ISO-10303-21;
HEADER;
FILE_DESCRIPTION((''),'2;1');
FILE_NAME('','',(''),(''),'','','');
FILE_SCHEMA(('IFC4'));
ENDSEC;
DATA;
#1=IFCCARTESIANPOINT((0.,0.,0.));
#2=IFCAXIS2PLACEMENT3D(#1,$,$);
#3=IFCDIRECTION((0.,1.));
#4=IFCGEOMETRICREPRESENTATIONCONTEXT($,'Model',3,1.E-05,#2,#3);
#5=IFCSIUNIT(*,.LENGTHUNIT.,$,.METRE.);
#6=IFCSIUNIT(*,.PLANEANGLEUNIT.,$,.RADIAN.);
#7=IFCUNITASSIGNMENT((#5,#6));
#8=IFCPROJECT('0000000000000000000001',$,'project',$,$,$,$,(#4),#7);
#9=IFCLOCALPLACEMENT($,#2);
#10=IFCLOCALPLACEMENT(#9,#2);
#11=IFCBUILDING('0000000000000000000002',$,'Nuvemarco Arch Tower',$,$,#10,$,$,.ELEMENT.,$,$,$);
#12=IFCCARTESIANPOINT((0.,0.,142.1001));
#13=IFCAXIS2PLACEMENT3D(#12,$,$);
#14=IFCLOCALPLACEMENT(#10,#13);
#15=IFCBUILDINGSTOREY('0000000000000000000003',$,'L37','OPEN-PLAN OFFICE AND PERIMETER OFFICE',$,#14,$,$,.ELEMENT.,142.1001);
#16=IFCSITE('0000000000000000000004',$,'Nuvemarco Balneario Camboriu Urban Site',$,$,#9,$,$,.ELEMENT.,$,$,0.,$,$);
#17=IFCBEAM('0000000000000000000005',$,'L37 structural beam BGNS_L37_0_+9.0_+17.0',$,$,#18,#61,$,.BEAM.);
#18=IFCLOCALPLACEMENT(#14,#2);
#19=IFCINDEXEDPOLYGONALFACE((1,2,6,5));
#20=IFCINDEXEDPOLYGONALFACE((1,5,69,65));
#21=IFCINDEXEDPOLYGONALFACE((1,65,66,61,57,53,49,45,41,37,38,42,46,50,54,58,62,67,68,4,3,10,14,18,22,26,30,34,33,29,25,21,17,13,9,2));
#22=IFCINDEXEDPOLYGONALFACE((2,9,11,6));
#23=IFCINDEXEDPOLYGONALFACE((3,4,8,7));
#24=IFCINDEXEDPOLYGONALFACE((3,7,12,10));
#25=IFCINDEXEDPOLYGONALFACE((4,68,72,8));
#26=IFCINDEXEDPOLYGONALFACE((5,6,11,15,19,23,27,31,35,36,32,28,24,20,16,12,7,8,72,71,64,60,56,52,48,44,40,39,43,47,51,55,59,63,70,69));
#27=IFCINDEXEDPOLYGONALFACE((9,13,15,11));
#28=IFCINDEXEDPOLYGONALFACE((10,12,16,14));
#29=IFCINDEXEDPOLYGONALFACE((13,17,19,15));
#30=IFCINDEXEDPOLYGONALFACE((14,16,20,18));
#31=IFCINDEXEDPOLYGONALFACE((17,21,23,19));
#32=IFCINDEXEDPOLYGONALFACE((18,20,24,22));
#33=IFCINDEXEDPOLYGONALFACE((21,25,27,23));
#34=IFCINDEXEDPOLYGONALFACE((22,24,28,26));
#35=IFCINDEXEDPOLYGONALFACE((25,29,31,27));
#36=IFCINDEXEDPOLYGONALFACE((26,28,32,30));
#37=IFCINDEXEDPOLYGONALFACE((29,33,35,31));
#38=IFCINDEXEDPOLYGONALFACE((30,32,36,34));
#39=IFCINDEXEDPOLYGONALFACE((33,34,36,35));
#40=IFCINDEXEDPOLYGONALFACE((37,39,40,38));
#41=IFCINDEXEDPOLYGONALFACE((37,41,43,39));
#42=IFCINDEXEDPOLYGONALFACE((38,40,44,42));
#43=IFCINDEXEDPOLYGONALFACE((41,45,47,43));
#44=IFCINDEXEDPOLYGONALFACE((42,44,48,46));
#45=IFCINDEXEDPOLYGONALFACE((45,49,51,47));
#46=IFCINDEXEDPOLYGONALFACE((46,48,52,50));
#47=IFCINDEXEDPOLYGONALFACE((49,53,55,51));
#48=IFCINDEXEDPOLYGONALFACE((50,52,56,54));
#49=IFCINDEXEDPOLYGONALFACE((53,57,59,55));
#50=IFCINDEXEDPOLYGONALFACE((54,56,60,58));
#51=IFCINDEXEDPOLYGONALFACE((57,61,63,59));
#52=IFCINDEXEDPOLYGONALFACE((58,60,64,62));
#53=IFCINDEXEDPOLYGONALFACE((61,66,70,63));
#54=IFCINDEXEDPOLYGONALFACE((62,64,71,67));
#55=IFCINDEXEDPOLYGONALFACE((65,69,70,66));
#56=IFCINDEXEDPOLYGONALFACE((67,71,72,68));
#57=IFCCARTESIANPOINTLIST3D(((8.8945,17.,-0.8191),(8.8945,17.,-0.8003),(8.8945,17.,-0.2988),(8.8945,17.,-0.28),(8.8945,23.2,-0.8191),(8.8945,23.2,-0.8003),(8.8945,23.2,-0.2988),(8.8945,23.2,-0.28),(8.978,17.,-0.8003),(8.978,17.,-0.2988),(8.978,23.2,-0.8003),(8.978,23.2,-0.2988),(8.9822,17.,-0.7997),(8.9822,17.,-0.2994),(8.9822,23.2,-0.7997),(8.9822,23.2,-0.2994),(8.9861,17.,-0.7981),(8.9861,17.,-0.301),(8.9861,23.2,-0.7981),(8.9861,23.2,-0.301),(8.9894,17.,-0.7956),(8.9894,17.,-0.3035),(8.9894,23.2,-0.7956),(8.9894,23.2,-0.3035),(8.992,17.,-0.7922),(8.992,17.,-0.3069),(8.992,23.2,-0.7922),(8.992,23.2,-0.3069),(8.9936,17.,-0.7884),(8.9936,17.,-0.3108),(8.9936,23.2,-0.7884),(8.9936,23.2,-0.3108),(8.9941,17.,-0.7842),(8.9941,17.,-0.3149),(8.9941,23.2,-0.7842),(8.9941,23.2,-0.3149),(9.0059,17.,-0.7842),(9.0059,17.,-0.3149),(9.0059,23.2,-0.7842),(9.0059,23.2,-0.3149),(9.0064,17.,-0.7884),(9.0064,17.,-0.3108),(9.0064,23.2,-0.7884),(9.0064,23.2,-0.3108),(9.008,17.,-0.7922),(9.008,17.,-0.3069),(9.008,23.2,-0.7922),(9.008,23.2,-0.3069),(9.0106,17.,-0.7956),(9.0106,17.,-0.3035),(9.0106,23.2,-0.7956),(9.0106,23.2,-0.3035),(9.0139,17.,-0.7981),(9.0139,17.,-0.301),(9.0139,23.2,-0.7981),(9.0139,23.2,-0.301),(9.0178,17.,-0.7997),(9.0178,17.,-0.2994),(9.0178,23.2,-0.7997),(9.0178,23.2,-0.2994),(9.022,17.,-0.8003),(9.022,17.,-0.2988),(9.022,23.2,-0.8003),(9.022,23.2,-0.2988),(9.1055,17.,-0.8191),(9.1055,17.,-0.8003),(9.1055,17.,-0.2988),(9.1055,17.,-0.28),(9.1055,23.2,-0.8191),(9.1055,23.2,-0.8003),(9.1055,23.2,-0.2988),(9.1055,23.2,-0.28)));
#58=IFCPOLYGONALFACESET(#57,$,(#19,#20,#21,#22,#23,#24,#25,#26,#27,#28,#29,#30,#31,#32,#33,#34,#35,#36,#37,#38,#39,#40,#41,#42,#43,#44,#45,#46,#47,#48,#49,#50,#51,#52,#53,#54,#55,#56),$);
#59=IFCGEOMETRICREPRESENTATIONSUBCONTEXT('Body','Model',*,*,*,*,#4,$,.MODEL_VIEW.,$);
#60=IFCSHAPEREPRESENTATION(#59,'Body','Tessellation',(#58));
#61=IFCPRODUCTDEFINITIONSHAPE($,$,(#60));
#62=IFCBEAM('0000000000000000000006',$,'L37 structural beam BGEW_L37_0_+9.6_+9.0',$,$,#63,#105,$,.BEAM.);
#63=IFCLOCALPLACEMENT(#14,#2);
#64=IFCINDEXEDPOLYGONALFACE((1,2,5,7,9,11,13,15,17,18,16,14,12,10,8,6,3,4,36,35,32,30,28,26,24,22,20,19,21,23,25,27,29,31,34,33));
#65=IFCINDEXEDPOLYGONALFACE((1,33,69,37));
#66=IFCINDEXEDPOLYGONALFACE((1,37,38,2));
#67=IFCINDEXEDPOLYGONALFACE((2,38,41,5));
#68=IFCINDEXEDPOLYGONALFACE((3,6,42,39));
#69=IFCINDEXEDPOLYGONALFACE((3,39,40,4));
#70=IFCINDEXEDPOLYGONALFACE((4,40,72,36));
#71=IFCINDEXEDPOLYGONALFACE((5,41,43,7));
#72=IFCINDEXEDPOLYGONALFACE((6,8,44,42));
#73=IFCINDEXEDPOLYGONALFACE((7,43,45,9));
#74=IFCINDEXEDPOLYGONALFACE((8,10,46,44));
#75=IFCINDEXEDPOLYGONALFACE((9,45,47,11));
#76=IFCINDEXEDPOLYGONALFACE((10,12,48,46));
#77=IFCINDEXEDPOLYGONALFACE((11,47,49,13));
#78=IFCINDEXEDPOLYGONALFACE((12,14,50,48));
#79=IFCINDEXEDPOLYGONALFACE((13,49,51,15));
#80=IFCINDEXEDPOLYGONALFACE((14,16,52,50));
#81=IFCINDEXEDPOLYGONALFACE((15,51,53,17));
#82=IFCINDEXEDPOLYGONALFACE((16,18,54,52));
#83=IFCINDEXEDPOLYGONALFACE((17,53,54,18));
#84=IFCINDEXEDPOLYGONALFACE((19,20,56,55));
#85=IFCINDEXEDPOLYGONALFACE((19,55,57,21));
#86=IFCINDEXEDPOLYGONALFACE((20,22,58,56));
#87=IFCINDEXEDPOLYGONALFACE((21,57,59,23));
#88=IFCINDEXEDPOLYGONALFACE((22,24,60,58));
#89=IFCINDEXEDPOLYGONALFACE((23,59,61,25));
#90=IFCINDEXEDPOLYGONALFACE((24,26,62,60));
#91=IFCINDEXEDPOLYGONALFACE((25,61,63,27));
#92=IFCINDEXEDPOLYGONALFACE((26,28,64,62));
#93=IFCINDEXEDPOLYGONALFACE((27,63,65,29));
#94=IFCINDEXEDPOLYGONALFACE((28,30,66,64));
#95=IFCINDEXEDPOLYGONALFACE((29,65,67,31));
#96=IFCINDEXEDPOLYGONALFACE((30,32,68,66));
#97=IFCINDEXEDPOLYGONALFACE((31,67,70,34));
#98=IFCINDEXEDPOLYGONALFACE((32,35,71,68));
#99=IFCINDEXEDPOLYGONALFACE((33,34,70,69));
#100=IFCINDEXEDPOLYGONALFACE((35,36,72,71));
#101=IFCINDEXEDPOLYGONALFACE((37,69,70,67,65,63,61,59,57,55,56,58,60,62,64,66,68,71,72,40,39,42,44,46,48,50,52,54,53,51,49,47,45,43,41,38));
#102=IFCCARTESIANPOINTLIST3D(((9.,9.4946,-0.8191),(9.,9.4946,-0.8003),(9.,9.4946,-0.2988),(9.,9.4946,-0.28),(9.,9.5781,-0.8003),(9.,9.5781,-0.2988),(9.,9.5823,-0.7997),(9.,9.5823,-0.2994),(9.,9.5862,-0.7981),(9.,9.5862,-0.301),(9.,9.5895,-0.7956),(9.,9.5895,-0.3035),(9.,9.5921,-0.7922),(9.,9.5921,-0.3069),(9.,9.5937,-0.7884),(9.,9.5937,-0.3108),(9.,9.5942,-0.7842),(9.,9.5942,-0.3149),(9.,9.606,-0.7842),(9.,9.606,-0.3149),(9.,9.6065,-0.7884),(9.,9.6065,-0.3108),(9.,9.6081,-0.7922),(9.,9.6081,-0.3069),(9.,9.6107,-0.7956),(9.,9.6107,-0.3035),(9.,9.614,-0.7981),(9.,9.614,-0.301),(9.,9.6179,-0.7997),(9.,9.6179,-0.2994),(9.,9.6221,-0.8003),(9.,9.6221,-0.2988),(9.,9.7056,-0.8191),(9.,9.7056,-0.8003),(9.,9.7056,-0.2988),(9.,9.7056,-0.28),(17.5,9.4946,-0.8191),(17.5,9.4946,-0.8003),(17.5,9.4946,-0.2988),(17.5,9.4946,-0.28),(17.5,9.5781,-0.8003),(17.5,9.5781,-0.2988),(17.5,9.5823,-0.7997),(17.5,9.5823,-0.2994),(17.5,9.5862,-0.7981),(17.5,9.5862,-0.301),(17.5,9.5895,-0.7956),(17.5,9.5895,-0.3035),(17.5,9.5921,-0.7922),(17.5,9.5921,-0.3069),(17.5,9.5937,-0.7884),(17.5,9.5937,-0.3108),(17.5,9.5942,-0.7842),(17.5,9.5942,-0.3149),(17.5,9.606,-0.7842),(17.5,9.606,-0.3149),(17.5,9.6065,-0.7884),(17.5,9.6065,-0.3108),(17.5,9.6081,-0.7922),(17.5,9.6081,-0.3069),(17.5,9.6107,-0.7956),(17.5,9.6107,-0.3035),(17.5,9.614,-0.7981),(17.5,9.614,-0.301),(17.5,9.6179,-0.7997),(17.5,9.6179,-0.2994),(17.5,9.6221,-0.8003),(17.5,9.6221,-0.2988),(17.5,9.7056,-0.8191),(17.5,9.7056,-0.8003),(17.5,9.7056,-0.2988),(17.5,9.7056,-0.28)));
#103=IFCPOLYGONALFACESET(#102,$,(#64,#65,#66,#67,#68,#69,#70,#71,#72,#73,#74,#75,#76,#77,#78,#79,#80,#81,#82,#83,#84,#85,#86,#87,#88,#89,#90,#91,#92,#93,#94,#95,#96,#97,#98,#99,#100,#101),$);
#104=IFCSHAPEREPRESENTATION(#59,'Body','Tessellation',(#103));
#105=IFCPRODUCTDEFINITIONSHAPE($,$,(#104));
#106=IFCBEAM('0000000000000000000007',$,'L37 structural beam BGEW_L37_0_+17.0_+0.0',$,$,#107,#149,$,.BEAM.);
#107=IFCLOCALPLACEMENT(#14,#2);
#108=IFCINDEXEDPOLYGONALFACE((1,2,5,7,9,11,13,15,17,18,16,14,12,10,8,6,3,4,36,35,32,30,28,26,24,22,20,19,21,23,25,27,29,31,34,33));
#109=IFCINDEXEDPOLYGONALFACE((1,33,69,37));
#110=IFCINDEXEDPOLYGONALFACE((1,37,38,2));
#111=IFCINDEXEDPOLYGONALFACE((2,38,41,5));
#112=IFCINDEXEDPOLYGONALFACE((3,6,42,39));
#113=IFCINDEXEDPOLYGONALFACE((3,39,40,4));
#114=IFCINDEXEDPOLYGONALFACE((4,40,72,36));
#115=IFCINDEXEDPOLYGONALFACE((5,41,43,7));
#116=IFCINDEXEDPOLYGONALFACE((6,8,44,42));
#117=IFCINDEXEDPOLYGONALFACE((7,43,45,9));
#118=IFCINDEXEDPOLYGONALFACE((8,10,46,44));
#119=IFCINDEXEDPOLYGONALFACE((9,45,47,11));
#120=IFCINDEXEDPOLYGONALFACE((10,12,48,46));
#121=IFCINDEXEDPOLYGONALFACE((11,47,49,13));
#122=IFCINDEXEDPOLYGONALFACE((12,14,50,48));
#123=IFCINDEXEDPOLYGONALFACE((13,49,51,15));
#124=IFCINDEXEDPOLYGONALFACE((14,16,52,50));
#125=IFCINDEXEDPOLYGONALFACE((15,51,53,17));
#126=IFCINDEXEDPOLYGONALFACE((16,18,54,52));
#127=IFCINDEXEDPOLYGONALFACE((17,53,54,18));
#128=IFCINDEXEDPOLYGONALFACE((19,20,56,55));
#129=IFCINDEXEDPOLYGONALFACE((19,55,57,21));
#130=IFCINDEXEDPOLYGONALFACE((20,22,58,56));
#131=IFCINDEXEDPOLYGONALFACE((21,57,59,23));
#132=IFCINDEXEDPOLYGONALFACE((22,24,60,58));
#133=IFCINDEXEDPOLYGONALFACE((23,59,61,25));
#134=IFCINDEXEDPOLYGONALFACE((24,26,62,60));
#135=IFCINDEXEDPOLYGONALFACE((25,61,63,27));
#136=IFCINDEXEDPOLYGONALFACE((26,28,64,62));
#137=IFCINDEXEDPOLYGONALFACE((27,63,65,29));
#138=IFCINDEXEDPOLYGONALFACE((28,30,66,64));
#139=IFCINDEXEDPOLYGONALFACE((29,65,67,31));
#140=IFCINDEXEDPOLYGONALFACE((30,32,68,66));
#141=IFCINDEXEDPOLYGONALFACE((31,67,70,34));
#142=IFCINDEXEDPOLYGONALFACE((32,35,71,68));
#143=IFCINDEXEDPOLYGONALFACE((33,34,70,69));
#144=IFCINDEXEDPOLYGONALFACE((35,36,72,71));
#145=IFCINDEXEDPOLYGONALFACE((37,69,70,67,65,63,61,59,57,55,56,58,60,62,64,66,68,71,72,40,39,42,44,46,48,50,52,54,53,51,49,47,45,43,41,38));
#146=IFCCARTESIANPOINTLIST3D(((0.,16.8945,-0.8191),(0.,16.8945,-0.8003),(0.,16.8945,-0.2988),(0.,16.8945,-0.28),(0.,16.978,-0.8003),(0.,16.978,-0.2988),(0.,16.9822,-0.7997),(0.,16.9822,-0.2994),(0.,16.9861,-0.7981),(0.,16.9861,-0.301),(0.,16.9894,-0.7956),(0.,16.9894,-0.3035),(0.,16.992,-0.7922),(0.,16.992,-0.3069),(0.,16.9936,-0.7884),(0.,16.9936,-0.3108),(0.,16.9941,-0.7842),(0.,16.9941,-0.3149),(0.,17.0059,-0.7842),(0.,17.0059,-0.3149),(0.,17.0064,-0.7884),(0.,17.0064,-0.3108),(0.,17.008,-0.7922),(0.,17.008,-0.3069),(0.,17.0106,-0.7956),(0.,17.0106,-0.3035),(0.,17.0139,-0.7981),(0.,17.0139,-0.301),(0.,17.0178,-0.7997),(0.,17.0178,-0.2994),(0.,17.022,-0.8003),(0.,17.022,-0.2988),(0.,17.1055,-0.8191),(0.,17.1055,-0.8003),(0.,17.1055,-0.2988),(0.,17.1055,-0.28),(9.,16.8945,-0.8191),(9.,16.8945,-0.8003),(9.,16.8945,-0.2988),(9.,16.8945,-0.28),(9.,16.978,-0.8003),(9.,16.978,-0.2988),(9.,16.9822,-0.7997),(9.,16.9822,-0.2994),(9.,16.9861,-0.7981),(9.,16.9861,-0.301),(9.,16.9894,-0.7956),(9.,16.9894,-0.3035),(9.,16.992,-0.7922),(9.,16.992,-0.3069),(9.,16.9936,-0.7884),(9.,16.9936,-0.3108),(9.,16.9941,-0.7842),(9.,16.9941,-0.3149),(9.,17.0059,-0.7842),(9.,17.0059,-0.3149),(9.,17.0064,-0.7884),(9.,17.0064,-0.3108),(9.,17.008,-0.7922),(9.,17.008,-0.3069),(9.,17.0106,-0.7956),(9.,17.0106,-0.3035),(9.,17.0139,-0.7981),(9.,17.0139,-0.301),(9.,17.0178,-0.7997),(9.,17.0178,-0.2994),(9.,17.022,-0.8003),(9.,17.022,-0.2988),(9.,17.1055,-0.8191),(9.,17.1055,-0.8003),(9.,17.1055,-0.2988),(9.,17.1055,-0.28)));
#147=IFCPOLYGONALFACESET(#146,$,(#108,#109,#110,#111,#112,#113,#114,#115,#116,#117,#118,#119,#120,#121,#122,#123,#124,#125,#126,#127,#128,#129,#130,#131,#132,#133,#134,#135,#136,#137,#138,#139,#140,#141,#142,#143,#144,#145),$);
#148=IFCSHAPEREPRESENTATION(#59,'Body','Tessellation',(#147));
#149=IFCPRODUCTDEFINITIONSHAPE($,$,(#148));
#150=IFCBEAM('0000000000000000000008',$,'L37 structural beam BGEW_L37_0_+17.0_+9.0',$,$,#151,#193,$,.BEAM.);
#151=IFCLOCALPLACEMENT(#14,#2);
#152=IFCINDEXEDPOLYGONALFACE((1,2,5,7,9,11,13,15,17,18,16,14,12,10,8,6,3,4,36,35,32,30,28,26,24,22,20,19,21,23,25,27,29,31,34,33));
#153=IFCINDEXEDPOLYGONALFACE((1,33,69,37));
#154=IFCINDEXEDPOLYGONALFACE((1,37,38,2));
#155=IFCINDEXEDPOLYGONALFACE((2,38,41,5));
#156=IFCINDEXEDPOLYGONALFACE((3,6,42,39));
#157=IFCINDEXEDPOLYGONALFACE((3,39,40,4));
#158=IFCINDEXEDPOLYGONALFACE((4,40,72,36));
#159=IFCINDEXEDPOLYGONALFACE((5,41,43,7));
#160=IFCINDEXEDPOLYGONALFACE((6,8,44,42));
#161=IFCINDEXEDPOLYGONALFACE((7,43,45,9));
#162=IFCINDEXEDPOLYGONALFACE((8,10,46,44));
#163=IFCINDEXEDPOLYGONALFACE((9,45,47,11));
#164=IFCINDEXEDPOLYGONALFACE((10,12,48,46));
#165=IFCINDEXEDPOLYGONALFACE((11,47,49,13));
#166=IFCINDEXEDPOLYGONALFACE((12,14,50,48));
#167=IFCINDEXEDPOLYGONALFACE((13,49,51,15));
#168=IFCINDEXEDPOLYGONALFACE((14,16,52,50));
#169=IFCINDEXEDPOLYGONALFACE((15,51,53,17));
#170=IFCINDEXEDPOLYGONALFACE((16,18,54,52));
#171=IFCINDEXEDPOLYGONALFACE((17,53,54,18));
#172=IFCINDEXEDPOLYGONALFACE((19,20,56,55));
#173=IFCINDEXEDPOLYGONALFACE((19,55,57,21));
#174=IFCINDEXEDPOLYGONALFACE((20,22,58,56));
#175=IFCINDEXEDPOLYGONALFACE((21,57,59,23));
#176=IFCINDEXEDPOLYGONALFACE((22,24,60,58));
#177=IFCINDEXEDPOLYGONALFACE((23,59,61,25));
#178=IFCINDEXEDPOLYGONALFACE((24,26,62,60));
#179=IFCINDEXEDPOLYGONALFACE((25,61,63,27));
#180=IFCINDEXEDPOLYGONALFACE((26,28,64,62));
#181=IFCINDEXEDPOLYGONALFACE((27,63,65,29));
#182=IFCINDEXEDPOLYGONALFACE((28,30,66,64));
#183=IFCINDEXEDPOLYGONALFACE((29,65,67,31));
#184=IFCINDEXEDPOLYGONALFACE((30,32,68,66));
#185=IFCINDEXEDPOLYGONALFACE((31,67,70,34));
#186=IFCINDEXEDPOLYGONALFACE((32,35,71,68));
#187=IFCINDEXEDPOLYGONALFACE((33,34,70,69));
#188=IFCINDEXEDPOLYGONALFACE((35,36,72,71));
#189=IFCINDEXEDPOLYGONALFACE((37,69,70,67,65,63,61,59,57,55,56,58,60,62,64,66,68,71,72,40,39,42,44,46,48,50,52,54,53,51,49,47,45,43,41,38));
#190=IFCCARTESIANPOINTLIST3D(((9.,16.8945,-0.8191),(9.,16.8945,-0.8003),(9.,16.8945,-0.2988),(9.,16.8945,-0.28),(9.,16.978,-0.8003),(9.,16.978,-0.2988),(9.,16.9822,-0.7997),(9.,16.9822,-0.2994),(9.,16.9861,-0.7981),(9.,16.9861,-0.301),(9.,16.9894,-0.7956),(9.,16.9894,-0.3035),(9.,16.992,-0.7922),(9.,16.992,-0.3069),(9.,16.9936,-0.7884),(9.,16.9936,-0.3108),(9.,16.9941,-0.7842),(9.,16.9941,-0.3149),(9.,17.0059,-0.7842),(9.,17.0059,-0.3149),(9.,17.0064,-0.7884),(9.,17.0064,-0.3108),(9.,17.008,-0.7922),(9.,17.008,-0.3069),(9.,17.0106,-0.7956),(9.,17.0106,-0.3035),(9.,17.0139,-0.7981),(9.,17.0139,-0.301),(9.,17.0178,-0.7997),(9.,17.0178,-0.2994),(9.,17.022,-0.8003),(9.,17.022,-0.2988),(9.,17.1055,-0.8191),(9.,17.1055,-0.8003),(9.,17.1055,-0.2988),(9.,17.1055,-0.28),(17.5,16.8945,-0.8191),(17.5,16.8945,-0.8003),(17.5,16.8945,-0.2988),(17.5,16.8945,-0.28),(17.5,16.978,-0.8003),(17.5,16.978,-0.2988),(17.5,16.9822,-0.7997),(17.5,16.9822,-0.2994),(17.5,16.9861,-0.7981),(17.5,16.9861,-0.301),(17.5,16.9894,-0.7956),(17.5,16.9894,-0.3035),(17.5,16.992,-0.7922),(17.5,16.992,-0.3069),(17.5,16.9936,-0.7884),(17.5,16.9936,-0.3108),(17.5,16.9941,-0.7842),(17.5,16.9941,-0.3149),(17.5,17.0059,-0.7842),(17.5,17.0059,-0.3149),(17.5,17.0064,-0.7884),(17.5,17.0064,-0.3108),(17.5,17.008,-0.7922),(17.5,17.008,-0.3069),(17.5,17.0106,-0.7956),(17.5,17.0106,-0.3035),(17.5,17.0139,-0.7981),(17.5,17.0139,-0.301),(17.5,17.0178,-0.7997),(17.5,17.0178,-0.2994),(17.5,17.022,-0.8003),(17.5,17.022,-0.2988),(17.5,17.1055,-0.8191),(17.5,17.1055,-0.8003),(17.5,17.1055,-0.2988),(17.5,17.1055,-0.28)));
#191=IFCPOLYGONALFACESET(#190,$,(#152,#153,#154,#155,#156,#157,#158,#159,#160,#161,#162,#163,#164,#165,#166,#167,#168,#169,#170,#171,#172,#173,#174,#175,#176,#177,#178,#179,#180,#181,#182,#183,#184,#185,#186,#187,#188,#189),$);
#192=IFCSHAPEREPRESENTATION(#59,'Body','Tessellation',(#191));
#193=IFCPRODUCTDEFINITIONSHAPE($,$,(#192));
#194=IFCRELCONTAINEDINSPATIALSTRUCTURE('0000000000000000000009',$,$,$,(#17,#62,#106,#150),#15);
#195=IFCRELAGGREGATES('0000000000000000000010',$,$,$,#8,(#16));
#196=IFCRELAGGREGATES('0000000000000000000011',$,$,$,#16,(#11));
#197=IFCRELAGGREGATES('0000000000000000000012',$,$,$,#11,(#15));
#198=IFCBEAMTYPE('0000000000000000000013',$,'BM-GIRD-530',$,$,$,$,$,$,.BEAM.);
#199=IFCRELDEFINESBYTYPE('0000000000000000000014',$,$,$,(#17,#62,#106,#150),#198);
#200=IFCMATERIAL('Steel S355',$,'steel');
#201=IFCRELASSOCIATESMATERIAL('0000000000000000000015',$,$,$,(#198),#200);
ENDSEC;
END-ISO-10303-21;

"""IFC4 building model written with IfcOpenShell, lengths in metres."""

from ifc_helpers import new_model, si_unit, direction, frame, origin, origin_2d, place, context, subcontext, project, spatial, i_section, extrude, material, material_profile, profile_set, type_object, element, save


model = new_model("IFC4")

# Units and contexts
model_context = context("Model", 3, precision=1e-05, world=origin(), true_north=direction((0.0, 1.0)))
body_context = subcontext(model_context, "Body", "Model", "MODEL_VIEW")
ifc_project = project(units=[si_unit("LENGTHUNIT", "METRE"), si_unit("PLANEANGLEUNIT", "RADIAN")], contexts=[model_context])

# Site, building, storey
site_placement = place(None, origin())
site = spatial("IfcSite", under=ifc_project, at=site_placement, Name="Nuvemarco Balneario Camboriu Urban Site", CompositionType="ELEMENT", RefElevation=0.0)
building_placement = place(site_placement, origin())
building = spatial("IfcBuilding", under=site, at=building_placement, Name="Nuvemarco Arch Tower", CompositionType="ELEMENT")
storey_placement = place(building_placement, frame((0.0, 0.0, 142.1001)))
storey = spatial("IfcBuildingStorey", under=building, at=storey_placement, Name="L37", Description="OPEN-PLAN OFFICE AND PERIMETER OFFICE", CompositionType="ELEMENT", Elevation=142.1001)

# Shared definitions
ifc_material_1 = material(Name="Steel S355", Category="steel")

# Beams
ifc_material_profile_1 = material_profile(ifc_material_1, i_section(OverallWidth=0.2109, OverallDepth=0.5391, WebThickness=0.0117, FlangeThickness=0.0188, FilletRadius=0.0161, at=origin_2d()), Name="W530x109")
ifc_profile_set_1 = profile_set([ifc_material_profile_1], Name="Steel S355")
beam_type_1 = type_object("IfcBeamType", Name="BM-GIRD-530", PredefinedType="BEAM", material=ifc_profile_set_1)
for number, where, z_axis, x_axis, name in (
    (1, (9.0, 17.0, -0.5496), (0.0, 1.0, 0.0), (-1.0, 0.0, 0.0), "L37 structural beam BGNS_L37_0_+9.0_+17.0"),
):
    element("IfcBeam", number, at=place(storey_placement, frame(where, z_axis=z_axis, x_axis=x_axis)), inside=storey, type_object=beam_type_1, Name=name, PredefinedType="BEAM", context=body_context, shape_type="SweptSolid", body=[
        extrude(i_section(OverallWidth=0.2109, OverallDepth=0.5391, WebThickness=0.0117, FlangeThickness=0.0188, FilletRadius=0.0161, at=origin_2d()), origin(), (0.0, 0.0, 1.0), 6.2),
    ])
beam_1_placement = place(storey_placement, frame((9.0, 9.6001, -0.5496), z_axis=(1.0, 0.0, 0.0), x_axis=(0.0, 1.0, 0.0)))
element("IfcBeam", 2, at=beam_1_placement, inside=storey, type_object=beam_type_1, Name="L37 structural beam BGEW_L37_0_+9.6_+9.0", PredefinedType="BEAM", context=body_context, shape_type="SweptSolid", body=[
    extrude(i_section(OverallWidth=0.2109, OverallDepth=0.5391, WebThickness=0.0117, FlangeThickness=0.0188, FilletRadius=0.0161, at=origin_2d()), origin(), (0.0, 0.0, 1.0), 8.5),
])
beam_2_placement = place(storey_placement, frame((0.0, 17.0, -0.5496), z_axis=(1.0, 0.0, 0.0), x_axis=(0.0, 1.0, 0.0)))
element("IfcBeam", 3, at=beam_2_placement, inside=storey, type_object=beam_type_1, Name="L37 structural beam BGEW_L37_0_+17.0_+0.0", PredefinedType="BEAM", context=body_context, shape_type="SweptSolid", body=[
    extrude(i_section(OverallWidth=0.2109, OverallDepth=0.5391, WebThickness=0.0117, FlangeThickness=0.0188, FilletRadius=0.0161, at=origin_2d()), origin(), (0.0, 0.0, 1.0), 9.0),
])
beam_3_placement = place(storey_placement, frame((9.0, 17.0, -0.5496), z_axis=(1.0, 0.0, 0.0), x_axis=(0.0, 1.0, 0.0)))
element("IfcBeam", 4, at=beam_3_placement, inside=storey, type_object=beam_type_1, Name="L37 structural beam BGEW_L37_0_+17.0_+9.0", PredefinedType="BEAM", context=body_context, shape_type="SweptSolid", body=[
    extrude(i_section(OverallWidth=0.2109, OverallDepth=0.5391, WebThickness=0.0117, FlangeThickness=0.0188, FilletRadius=0.0161, at=origin_2d()), origin(), (0.0, 0.0, 1.0), 8.5),
])

save(model, "model.ifc")
